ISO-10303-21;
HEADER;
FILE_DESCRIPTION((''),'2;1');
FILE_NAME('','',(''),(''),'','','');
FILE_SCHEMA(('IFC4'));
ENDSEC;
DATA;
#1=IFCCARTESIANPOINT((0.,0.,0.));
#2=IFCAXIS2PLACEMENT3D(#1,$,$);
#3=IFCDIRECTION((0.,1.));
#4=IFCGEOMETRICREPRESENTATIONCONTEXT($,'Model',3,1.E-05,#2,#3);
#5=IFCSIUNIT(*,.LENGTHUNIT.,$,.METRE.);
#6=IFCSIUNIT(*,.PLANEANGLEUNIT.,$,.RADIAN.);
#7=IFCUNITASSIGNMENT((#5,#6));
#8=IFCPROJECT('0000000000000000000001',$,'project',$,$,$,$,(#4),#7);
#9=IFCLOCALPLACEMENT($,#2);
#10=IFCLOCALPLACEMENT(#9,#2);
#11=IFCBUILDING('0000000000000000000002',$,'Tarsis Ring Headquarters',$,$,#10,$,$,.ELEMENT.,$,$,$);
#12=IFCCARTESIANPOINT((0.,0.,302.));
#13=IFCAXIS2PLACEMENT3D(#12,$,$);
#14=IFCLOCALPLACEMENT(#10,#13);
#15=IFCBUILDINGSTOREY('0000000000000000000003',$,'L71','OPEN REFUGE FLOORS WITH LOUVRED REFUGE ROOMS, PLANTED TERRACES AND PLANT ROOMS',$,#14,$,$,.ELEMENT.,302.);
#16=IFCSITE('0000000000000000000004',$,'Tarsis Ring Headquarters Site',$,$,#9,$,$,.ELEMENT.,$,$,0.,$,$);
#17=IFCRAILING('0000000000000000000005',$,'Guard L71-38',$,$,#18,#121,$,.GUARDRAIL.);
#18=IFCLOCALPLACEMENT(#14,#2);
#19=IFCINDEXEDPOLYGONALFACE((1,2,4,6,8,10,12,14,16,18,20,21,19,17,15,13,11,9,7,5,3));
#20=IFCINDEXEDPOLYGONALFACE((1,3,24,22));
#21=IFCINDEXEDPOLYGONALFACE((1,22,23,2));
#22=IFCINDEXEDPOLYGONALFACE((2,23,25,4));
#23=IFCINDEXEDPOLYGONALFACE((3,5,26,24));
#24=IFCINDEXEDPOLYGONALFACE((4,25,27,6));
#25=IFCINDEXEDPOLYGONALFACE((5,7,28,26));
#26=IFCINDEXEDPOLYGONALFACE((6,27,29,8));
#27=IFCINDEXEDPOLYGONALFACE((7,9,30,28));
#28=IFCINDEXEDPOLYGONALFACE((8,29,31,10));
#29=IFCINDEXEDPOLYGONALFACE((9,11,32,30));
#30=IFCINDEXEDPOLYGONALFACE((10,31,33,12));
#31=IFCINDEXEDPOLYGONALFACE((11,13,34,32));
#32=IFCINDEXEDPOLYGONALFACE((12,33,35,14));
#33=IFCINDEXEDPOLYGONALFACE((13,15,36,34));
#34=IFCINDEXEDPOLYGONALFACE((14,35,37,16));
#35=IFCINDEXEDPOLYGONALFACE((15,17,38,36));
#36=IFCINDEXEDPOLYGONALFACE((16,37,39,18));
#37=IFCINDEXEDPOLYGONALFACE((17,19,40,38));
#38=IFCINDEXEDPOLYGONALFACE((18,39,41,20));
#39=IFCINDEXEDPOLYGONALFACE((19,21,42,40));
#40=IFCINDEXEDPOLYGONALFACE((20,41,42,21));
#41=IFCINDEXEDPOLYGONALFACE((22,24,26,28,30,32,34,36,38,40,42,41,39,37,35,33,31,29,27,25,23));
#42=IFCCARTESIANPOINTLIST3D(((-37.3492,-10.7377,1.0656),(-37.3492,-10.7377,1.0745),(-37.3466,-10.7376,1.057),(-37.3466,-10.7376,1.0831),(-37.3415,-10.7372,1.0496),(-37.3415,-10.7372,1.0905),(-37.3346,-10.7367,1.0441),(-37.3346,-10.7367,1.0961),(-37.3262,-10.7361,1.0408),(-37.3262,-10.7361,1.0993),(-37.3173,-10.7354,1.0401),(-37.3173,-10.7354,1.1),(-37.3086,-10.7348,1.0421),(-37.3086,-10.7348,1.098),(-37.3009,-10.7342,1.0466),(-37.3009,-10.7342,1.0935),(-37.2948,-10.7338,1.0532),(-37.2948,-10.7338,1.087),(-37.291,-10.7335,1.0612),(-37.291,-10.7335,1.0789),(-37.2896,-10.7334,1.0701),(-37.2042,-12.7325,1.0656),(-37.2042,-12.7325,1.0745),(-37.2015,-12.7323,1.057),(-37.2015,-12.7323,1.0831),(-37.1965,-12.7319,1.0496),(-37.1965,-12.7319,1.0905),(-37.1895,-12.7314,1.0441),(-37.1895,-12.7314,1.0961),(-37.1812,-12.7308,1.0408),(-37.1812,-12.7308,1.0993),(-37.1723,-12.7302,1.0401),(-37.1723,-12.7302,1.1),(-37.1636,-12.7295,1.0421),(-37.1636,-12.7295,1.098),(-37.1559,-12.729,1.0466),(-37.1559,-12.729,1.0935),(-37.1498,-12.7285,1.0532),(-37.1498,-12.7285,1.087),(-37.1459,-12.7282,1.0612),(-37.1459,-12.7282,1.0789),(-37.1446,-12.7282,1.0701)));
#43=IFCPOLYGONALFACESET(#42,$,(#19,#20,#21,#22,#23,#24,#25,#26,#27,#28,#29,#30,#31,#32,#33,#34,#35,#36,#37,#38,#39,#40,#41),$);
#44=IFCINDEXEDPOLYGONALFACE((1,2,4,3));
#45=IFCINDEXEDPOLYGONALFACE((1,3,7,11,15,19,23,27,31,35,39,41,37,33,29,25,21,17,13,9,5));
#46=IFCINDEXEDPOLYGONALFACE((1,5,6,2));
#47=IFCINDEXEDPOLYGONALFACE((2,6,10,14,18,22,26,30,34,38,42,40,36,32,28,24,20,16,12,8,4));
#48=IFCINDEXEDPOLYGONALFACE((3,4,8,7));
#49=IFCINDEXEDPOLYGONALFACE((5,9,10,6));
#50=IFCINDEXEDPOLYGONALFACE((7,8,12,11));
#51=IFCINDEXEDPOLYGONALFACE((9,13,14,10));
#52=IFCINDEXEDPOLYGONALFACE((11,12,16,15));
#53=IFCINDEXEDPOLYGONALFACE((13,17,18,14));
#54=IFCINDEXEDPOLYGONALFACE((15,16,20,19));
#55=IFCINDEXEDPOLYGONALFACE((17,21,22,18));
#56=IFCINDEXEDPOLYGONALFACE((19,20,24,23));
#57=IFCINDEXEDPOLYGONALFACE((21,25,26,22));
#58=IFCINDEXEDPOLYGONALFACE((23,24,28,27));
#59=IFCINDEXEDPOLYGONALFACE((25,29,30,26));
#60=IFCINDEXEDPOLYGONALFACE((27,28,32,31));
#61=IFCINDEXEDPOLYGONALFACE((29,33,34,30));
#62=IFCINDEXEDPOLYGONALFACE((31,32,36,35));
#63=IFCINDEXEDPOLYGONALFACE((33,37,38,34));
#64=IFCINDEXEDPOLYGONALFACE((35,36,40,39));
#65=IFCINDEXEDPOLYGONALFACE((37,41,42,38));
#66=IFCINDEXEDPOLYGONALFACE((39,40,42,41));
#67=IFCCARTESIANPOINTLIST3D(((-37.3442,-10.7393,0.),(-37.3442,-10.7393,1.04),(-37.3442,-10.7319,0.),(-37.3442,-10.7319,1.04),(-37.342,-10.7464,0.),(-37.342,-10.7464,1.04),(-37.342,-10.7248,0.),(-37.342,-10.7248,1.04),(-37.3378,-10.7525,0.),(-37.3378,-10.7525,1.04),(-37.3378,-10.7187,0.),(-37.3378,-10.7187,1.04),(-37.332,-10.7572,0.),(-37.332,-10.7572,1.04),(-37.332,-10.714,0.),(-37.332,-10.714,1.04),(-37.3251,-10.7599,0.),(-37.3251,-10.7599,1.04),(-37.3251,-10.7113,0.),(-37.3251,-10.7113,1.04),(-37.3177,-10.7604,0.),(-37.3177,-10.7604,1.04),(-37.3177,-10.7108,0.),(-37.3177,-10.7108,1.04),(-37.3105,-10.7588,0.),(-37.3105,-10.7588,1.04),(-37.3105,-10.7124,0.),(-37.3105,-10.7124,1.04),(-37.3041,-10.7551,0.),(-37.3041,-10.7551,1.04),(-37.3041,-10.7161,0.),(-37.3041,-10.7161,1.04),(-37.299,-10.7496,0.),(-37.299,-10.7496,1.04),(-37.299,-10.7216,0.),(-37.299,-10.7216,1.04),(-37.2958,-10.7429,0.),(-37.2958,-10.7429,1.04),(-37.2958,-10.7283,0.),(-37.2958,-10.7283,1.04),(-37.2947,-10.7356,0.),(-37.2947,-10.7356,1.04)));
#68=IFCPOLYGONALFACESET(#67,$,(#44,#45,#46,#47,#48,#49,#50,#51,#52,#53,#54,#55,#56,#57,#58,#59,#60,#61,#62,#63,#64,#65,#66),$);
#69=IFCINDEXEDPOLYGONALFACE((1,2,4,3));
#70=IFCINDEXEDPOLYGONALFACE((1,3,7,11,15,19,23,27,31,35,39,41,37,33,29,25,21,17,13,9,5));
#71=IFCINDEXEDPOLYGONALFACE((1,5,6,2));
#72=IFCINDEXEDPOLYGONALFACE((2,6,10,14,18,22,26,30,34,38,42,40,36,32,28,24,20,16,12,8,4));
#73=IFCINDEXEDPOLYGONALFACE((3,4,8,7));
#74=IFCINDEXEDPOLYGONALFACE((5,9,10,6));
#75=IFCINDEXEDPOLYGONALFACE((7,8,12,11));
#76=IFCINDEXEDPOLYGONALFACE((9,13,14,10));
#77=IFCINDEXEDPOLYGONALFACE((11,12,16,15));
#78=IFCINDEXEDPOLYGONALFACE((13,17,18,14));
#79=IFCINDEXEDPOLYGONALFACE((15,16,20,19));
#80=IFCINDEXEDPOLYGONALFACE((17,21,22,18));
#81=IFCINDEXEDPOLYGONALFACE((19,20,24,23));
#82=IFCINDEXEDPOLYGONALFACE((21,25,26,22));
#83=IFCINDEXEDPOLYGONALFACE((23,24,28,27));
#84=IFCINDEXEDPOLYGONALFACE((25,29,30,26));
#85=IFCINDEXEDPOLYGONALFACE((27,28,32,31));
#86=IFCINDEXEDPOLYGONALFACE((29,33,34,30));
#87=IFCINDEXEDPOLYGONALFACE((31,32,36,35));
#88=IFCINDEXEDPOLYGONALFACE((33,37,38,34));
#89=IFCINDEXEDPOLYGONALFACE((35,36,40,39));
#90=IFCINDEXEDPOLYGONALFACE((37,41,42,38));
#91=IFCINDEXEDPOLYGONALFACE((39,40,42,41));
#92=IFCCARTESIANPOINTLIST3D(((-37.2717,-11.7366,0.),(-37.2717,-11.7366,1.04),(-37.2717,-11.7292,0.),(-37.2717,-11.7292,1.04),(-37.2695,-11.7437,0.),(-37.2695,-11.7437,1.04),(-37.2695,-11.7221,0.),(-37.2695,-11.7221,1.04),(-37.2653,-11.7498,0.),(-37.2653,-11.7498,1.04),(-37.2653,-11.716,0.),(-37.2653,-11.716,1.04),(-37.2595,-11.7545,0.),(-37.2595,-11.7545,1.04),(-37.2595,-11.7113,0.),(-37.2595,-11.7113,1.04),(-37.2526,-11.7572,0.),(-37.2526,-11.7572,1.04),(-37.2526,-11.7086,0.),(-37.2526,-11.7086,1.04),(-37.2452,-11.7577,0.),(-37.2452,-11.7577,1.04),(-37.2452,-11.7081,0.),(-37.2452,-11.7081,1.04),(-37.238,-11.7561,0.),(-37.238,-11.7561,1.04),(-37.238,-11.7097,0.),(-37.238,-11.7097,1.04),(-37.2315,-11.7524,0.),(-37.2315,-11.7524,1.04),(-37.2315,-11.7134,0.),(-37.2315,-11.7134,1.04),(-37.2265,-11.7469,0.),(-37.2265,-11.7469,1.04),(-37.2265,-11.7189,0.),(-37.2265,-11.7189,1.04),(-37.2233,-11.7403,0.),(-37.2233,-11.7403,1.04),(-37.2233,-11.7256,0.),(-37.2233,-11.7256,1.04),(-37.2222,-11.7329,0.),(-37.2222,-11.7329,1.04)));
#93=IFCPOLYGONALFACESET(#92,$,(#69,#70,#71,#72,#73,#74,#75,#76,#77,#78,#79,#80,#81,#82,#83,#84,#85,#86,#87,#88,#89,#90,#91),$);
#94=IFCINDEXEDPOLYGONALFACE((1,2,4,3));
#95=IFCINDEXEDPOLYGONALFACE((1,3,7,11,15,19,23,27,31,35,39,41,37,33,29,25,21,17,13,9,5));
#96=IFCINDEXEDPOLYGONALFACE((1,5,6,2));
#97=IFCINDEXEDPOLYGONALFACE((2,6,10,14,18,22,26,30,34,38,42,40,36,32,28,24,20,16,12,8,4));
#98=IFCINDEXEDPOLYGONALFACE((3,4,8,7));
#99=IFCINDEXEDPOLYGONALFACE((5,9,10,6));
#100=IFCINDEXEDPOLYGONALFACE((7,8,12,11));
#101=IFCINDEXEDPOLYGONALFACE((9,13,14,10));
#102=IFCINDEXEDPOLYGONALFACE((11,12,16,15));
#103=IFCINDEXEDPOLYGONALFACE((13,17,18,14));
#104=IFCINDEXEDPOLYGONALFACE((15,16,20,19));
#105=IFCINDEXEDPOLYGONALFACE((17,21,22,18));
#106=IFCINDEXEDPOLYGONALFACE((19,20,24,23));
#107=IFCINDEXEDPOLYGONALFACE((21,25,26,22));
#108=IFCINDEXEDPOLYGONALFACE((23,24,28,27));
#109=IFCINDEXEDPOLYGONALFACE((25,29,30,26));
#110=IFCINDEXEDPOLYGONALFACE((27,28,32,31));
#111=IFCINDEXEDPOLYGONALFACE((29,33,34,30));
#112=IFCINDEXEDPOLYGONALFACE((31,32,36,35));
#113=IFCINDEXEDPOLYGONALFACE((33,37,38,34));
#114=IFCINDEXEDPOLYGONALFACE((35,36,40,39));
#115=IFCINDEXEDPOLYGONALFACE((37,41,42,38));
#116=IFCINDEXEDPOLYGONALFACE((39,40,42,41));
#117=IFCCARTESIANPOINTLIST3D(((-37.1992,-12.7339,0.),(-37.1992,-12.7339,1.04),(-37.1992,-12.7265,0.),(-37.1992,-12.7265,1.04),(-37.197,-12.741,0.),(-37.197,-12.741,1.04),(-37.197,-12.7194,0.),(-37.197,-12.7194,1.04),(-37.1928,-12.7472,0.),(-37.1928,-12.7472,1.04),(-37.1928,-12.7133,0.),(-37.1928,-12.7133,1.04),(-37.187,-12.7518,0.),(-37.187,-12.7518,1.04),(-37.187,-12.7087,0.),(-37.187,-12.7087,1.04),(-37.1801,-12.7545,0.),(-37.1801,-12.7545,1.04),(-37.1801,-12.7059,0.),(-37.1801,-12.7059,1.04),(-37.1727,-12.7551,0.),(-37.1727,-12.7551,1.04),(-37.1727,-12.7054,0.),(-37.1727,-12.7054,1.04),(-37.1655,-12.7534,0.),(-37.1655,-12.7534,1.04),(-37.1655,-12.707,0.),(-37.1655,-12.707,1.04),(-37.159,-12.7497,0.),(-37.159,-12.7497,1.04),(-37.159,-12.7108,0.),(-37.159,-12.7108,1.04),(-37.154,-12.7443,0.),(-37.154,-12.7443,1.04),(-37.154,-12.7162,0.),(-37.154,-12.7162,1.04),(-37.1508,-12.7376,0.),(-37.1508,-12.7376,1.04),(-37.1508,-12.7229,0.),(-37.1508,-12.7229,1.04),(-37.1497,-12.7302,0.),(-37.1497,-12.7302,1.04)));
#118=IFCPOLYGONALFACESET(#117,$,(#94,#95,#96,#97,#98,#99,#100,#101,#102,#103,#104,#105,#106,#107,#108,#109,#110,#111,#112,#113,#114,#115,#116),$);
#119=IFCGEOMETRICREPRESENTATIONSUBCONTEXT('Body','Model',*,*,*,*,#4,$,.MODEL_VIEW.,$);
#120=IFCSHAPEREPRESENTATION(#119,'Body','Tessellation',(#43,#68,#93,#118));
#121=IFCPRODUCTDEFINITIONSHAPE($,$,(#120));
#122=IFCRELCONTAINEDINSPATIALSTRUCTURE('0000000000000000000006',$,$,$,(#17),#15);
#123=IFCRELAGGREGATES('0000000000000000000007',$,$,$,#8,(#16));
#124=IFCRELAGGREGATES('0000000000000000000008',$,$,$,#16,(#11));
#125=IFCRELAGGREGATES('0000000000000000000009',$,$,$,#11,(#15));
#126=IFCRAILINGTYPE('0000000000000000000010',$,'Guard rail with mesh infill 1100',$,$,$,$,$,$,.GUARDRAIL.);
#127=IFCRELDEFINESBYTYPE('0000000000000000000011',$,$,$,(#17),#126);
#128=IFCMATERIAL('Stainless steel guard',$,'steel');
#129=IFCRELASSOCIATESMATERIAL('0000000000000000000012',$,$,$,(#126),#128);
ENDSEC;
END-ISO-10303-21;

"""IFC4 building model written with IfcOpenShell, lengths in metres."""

from ifc_helpers import new_model, si_unit, direction, frame, origin, origin_2d, place, context, subcontext, project, spatial, circle, extrude, material, type_object, element, save


model = new_model("IFC4")

# Units and contexts
model_context = context("Model", 3, precision=1e-05, world=origin(), true_north=direction((0.0, 1.0)))
body_context = subcontext(model_context, "Body", "Model", "MODEL_VIEW")
ifc_project = project(units=[si_unit("LENGTHUNIT", "METRE"), si_unit("PLANEANGLEUNIT", "RADIAN")], contexts=[model_context])

# Site, building, storey
site_placement = place(None, origin())
site = spatial("IfcSite", under=ifc_project, at=site_placement, Name="Tarsis Ring Headquarters Site", CompositionType="ELEMENT", RefElevation=0.0)
building_placement = place(site_placement, origin())
building = spatial("IfcBuilding", under=site, at=building_placement, Name="Tarsis Ring Headquarters", CompositionType="ELEMENT")
storey_placement = place(building_placement, frame((0.0, 0.0, 302.0)))
storey = spatial("IfcBuildingStorey", under=building, at=storey_placement, Name="L71", Description="OPEN REFUGE FLOORS WITH LOUVRED REFUGE ROOMS, PLANTED TERRACES AND PLANT ROOMS", CompositionType="ELEMENT", Elevation=302.0)

# Railing
ifc_material_1 = material(Name="Stainless steel guard", Category="steel")
railing_type_1 = type_object("IfcRailingType", Name="Guard rail with mesh infill 1100", PredefinedType="GUARDRAIL", material=ifc_material_1)
railing_1_placement = place(storey_placement, frame((-37.3196, -10.7356, 0.0)))
element("IfcRailing", 1, at=railing_1_placement, inside=storey, type_object=railing_type_1, Name="Guard L71-38", PredefinedType="GUARDRAIL", context=body_context, shape_type="SweptSolid", body=[
    extrude(circle(Radius=0.03, at=origin_2d()), frame((0.0, 0.0, 1.0701), z_axis=(0.072514, -0.997367, 0.0), x_axis=(0.997367, 0.072514, 0.0)), (0.0, 0.0, 1.0), 2.0),
    extrude(circle(Radius=0.0249, at=origin_2d()), origin(), (0.0, 0.0, 1.0), 1.04),
    extrude(circle(Radius=0.0249, at=origin_2d()), frame((0.0725, -0.9973, 0.0)), (0.0, 0.0, 1.0), 1.04),
    extrude(circle(Radius=0.0249, at=origin_2d()), frame((0.145, -1.9946, 0.0)), (0.0, 0.0, 1.0), 1.04),
])

save(model, "model.ifc")
